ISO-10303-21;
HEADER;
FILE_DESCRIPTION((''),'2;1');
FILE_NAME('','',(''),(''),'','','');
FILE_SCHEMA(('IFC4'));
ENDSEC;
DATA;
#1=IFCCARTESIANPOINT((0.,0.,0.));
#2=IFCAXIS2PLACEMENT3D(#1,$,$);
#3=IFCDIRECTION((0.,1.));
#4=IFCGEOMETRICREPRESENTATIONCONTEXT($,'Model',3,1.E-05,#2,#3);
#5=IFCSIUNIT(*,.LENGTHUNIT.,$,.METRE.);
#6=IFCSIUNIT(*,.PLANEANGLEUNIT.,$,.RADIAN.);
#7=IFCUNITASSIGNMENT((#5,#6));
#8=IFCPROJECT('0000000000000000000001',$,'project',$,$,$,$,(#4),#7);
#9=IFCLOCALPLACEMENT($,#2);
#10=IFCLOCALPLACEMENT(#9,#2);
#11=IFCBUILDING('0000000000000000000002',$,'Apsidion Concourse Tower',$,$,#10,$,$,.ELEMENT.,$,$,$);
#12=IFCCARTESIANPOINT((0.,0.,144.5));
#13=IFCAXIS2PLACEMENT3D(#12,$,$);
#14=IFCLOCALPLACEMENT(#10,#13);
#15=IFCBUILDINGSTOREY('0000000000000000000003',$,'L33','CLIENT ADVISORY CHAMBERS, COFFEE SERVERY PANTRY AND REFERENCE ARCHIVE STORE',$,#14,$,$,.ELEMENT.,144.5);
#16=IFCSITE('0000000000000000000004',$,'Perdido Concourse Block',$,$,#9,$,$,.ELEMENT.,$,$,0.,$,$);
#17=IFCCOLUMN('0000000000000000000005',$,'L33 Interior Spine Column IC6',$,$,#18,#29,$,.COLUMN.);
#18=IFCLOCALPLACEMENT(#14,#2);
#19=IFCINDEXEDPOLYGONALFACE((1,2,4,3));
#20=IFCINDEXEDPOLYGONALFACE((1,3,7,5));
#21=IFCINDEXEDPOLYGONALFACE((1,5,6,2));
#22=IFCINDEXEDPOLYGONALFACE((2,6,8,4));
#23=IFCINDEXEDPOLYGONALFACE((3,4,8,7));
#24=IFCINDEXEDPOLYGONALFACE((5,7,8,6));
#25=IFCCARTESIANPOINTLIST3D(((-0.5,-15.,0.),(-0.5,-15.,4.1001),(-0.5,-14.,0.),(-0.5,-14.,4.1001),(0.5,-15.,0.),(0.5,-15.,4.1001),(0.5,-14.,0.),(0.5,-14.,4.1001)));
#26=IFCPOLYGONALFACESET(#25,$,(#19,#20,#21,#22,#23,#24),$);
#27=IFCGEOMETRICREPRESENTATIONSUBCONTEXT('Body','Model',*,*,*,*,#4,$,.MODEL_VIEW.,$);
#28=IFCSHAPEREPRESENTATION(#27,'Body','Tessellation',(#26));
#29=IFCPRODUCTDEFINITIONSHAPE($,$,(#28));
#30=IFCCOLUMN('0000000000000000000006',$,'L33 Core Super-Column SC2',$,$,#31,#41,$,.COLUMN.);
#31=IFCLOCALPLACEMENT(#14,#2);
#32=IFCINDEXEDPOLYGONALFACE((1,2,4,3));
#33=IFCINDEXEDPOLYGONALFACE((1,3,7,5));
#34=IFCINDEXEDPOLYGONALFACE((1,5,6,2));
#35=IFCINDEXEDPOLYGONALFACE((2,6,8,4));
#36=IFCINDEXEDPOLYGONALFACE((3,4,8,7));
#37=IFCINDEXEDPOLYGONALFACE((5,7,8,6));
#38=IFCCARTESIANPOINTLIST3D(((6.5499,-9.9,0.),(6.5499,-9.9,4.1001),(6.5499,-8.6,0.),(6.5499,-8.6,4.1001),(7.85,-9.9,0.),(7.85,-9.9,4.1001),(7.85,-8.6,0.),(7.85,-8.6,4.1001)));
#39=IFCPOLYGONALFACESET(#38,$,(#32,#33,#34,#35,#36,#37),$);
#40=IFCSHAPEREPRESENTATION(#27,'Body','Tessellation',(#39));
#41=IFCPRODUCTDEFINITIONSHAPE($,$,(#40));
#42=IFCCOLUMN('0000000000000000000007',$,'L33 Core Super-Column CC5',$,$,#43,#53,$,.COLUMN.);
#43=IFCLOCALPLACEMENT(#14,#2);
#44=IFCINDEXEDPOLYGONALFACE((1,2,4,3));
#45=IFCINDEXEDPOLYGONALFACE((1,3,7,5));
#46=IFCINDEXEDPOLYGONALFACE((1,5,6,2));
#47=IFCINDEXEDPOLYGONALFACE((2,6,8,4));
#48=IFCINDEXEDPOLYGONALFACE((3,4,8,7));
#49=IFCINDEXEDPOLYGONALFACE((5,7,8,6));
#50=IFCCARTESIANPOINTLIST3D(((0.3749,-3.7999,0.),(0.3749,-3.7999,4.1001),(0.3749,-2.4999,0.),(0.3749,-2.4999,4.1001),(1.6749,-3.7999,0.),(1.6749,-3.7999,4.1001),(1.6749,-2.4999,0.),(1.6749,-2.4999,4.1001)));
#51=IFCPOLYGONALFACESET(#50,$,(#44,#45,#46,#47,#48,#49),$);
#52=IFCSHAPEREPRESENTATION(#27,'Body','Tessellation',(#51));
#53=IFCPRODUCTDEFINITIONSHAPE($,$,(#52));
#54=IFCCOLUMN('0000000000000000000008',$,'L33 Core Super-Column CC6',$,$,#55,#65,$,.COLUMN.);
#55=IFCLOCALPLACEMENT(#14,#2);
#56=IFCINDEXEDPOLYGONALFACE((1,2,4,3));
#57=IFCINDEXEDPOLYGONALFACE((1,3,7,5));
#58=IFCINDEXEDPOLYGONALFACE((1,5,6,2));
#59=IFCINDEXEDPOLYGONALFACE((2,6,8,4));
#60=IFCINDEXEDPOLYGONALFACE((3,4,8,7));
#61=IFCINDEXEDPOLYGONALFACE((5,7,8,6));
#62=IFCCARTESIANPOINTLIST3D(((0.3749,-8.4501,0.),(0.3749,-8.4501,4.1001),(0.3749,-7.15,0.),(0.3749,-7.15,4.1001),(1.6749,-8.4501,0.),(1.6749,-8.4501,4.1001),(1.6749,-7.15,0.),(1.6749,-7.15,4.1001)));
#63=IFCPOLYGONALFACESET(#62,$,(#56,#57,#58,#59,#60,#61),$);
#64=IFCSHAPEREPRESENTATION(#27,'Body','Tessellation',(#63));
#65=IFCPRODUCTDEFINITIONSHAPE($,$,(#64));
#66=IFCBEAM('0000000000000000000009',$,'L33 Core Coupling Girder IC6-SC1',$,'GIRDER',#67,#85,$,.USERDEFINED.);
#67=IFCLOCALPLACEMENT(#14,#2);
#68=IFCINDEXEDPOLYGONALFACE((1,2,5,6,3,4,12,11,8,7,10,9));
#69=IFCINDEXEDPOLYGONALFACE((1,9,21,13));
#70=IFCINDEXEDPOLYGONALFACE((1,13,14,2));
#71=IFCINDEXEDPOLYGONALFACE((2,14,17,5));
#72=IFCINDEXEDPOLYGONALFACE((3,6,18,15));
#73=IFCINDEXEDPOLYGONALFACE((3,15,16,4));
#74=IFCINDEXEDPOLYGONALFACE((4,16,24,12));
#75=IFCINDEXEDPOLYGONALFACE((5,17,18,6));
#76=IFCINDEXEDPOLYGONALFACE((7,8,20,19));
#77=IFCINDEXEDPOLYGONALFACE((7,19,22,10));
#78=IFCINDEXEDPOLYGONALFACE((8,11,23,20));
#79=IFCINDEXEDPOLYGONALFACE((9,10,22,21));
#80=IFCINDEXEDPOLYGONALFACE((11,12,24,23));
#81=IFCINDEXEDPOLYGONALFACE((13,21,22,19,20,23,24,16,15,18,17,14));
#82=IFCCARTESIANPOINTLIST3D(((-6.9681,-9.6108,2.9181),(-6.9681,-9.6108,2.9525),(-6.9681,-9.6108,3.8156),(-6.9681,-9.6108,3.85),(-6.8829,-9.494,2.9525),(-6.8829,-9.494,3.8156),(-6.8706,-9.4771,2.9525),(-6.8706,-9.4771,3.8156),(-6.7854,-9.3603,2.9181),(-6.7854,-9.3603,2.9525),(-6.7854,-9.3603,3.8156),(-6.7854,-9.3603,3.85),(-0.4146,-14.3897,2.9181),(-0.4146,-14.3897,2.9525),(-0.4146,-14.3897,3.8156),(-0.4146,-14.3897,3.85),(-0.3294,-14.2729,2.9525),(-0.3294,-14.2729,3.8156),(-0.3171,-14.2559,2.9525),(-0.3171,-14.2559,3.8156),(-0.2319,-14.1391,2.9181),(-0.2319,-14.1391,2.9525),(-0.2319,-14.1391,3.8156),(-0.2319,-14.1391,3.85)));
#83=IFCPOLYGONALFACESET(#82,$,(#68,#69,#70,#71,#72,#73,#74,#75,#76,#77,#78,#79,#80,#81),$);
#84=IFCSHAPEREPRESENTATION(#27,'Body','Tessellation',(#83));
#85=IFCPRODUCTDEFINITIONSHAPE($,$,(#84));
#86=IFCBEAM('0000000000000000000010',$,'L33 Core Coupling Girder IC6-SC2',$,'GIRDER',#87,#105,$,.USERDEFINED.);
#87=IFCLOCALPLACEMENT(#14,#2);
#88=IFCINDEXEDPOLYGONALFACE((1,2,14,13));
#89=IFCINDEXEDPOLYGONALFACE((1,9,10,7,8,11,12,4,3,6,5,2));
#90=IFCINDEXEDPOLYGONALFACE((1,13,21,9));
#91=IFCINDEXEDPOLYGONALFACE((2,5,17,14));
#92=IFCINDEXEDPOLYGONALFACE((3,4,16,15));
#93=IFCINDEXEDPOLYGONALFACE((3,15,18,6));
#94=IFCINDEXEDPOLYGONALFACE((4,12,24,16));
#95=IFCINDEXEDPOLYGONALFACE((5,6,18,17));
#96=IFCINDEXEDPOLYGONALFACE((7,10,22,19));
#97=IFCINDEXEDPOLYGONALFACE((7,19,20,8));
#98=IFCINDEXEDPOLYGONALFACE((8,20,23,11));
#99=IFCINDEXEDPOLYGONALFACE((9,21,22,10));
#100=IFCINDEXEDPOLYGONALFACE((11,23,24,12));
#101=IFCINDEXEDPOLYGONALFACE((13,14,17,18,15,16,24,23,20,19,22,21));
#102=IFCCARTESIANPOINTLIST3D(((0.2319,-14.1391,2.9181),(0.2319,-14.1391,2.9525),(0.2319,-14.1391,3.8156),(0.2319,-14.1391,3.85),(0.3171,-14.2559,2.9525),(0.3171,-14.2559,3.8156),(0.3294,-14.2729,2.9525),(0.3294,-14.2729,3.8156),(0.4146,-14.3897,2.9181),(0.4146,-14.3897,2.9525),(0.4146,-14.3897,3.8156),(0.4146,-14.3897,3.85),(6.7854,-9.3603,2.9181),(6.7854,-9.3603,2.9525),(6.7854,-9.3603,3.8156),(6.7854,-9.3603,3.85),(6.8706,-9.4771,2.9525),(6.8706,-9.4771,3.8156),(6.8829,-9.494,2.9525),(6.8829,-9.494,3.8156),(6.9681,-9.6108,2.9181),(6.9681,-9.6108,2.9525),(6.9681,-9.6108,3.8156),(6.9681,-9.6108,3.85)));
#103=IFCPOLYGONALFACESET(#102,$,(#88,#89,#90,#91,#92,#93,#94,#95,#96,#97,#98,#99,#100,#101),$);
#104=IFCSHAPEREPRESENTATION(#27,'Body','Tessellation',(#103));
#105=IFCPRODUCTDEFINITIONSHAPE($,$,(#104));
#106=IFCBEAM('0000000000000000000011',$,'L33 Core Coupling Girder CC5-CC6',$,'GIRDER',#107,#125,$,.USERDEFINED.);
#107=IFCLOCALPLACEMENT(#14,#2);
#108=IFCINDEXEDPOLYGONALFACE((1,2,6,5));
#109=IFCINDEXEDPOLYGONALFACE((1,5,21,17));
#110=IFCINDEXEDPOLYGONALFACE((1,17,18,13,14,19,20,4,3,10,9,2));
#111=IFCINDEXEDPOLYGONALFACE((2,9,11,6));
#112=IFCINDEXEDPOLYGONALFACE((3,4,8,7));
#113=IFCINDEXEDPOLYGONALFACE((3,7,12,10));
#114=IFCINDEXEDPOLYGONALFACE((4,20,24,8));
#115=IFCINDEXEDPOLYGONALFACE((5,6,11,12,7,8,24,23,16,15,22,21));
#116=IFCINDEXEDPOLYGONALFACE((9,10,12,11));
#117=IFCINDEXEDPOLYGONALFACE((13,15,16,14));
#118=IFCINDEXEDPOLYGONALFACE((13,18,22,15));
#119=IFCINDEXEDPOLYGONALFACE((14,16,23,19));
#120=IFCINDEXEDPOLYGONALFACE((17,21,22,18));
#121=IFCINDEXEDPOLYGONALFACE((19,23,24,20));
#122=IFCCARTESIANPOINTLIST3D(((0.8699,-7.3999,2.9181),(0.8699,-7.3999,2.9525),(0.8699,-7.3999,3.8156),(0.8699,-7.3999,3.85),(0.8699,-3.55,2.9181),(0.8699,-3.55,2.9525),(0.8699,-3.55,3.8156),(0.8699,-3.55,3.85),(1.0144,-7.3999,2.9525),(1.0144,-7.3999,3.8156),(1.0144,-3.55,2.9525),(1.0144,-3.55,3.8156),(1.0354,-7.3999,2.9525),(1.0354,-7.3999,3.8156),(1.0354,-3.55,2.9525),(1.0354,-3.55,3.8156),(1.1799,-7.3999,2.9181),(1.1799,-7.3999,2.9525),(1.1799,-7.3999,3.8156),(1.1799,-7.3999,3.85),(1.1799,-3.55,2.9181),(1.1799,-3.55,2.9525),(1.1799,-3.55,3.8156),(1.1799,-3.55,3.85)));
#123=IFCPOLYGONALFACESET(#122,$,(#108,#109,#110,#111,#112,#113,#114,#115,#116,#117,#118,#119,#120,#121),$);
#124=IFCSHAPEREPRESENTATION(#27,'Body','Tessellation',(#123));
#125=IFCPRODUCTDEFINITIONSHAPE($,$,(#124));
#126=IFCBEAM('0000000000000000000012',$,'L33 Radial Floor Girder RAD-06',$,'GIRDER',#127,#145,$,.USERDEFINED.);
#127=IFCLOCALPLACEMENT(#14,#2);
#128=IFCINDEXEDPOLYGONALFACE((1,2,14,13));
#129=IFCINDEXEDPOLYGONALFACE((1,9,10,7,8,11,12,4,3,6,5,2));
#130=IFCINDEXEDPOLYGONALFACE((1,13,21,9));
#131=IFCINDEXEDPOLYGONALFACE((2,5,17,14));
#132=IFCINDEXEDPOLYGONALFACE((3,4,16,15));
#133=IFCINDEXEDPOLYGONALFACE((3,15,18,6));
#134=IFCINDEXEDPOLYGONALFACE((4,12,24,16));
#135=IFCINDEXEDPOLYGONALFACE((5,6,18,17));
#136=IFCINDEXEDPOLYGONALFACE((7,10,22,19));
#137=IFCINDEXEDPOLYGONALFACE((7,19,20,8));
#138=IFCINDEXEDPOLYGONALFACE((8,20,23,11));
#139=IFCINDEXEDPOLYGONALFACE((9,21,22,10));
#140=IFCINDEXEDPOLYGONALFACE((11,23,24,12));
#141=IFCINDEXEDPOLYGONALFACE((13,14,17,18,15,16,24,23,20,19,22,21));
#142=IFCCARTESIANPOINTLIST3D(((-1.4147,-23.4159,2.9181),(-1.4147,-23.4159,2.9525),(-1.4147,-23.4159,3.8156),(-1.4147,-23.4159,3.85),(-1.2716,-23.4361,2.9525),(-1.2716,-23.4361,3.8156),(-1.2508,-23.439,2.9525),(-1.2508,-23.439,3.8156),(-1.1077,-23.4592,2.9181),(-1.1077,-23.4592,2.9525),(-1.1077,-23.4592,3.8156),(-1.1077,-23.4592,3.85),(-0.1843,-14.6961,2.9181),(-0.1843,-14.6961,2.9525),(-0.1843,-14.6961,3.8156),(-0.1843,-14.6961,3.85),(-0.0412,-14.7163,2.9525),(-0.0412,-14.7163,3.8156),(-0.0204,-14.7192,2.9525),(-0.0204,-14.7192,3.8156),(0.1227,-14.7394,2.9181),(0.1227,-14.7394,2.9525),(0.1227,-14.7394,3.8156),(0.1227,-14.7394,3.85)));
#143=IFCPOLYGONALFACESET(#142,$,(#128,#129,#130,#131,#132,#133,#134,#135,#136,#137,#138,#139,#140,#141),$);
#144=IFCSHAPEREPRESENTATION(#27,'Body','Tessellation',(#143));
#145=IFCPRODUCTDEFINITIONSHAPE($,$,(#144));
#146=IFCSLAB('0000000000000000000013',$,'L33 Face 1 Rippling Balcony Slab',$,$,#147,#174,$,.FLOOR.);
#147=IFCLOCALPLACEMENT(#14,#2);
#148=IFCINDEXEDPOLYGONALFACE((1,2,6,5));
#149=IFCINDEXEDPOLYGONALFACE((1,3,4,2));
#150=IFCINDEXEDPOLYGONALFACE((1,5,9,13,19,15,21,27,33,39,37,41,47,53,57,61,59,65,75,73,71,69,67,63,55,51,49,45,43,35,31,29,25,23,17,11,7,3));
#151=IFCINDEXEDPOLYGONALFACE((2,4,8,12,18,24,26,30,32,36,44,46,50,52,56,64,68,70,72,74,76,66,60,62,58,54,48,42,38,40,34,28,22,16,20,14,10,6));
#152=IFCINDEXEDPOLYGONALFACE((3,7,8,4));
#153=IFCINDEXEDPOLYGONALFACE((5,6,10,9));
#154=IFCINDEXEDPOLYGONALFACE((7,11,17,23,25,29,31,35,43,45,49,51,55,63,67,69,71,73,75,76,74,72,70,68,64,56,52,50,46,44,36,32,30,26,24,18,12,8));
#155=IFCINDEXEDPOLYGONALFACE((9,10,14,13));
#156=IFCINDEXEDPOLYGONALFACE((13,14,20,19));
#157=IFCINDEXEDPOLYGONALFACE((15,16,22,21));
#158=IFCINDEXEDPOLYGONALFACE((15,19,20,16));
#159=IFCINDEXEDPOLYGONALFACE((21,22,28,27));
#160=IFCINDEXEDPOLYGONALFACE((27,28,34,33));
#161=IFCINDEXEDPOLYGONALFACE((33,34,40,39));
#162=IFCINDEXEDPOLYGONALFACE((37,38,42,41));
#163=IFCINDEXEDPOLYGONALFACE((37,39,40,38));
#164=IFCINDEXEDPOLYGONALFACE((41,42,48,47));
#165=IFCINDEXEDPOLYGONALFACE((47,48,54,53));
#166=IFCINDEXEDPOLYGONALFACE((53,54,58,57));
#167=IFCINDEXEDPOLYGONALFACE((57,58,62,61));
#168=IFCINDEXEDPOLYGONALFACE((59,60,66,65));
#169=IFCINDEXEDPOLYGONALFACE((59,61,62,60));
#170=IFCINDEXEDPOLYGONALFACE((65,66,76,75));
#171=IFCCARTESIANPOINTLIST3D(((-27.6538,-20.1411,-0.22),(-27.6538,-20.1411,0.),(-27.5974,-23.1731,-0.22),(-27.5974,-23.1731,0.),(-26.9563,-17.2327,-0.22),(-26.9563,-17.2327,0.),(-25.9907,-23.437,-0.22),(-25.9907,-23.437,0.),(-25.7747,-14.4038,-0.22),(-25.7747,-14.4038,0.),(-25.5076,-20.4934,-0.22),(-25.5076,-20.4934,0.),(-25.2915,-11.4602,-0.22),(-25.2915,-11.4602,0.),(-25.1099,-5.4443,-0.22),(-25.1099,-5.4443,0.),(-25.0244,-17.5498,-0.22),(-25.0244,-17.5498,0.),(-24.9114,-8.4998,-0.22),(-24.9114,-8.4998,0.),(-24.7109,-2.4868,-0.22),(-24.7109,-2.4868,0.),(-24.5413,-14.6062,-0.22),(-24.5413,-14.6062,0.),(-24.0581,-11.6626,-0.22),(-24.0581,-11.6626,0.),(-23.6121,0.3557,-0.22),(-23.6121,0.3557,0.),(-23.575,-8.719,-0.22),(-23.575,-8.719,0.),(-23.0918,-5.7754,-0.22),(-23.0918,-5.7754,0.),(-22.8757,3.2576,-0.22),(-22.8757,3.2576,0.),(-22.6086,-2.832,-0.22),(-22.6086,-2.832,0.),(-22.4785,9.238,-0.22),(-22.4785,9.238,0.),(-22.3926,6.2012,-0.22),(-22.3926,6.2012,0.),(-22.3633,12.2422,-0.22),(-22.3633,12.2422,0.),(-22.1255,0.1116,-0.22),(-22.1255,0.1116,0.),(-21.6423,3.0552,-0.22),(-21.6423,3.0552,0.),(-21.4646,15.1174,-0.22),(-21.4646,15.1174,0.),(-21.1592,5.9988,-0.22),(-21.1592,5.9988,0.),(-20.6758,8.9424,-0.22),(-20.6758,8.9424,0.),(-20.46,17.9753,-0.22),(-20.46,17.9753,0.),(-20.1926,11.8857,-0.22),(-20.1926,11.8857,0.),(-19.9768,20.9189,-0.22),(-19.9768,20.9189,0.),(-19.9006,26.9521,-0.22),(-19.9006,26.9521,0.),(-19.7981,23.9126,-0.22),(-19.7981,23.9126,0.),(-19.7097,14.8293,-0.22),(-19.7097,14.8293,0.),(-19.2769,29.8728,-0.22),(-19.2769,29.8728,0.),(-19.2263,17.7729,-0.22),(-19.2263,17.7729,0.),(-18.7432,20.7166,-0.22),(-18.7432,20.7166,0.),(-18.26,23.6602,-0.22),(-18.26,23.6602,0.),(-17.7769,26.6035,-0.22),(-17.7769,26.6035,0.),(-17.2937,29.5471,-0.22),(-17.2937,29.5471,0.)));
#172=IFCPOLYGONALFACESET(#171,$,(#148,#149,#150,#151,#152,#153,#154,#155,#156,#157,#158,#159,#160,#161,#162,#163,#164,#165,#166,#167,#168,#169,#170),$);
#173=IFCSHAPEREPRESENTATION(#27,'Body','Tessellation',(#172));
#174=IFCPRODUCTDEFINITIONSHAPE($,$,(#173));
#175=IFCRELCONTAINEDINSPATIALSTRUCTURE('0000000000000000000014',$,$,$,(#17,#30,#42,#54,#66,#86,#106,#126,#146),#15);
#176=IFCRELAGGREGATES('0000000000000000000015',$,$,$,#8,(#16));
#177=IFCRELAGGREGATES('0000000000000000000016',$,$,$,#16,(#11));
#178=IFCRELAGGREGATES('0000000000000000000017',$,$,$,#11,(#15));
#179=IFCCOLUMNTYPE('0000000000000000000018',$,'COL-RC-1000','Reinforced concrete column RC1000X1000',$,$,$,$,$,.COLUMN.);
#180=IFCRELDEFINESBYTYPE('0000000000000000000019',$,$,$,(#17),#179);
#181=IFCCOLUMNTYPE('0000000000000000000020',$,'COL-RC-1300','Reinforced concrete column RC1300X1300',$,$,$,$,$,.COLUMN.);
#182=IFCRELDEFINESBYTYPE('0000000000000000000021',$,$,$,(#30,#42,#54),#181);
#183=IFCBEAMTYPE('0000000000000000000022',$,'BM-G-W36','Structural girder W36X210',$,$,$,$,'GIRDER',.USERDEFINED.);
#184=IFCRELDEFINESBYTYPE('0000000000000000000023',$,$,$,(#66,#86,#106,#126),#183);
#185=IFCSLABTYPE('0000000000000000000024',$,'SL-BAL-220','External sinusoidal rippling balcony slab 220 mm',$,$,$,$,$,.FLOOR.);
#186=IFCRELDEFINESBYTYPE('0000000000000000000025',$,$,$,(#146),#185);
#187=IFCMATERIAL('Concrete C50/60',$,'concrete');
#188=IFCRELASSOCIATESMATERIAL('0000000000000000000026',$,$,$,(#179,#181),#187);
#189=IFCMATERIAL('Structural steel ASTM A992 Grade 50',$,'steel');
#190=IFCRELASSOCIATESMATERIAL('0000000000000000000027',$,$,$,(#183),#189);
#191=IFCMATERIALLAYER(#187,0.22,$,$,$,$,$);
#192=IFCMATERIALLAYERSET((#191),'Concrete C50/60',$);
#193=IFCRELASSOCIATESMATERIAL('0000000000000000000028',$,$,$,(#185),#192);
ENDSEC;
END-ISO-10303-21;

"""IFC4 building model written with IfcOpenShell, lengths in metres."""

from ifc_helpers import new_model, si_unit, direction, frame, origin, origin_2d, place, context, subcontext, project, spatial, polyline, rectangle, i_section, outline, extrude, material, layer, layer_set, material_profile, profile_set, type_object, element, save


model = new_model("IFC4")

# Units and contexts
model_context = context("Model", 3, precision=1e-05, world=origin(), true_north=direction((0.0, 1.0)))
body_context = subcontext(model_context, "Body", "Model", "MODEL_VIEW")
ifc_project = project(units=[si_unit("LENGTHUNIT", "METRE"), si_unit("PLANEANGLEUNIT", "RADIAN")], contexts=[model_context])

# Site, building, storey
site_placement = place(None, origin())
site = spatial("IfcSite", under=ifc_project, at=site_placement, Name="Perdido Concourse Block", CompositionType="ELEMENT", RefElevation=0.0)
building_placement = place(site_placement, origin())
building = spatial("IfcBuilding", under=site, at=building_placement, Name="Apsidion Concourse Tower", CompositionType="ELEMENT")
storey_placement = place(building_placement, frame((0.0, 0.0, 144.5)))
storey = spatial("IfcBuildingStorey", under=building, at=storey_placement, Name="L33", Description="CLIENT ADVISORY CHAMBERS, COFFEE SERVERY PANTRY AND REFERENCE ARCHIVE STORE", CompositionType="ELEMENT", Elevation=144.5)

# Columns
ifc_material_1 = material(Name="Concrete C50/60", Category="concrete")
ifc_material_profile_1 = material_profile(ifc_material_1, rectangle(XDim=1.0, YDim=1.0, at=origin_2d()), Name="RC 1000x1000")
ifc_profile_set_1 = profile_set([ifc_material_profile_1], Name="Concrete C50/60")
column_type_1 = type_object("IfcColumnType", Name="COL-RC-1000", Description="Reinforced concrete column RC1000X1000", PredefinedType="COLUMN", material=ifc_profile_set_1)
column_placement = place(storey_placement, frame((0.0, -14.5, 0.0), z_axis=(0.0, 0.0, 1.0), x_axis=(1.0, 0.0, 0.0)))
element("IfcColumn", 1, at=column_placement, inside=storey, type_object=column_type_1, Name="L33 Interior Spine Column IC6", PredefinedType="COLUMN", context=body_context, shape_type="SweptSolid", body=[
    extrude(rectangle(XDim=1.0, YDim=1.0, at=origin_2d()), origin(), (0.0, 0.0, 1.0), 4.1001),
])
ifc_material_profile_2 = material_profile(ifc_material_1, rectangle(XDim=1.3, YDim=1.3, at=origin_2d()), Name="RC 1300x1300")
ifc_profile_set_2 = profile_set([ifc_material_profile_2], Name="Concrete C50/60")
column_type_2 = type_object("IfcColumnType", Name="COL-RC-1300", Description="Reinforced concrete column RC1300X1300", PredefinedType="COLUMN", material=ifc_profile_set_2)
for number, where, z_axis, x_axis, name in (
    (2, (7.2, -9.25, 0.0), (0.0, 0.0, 1.0), (1.0, 0.0, 0.0), "L33 Core Super-Column SC2"),
    (3, (1.0249, -3.1499, 0.0), (0.0, 0.0, 1.0), (1.0, 0.0, 0.0), "L33 Core Super-Column CC5"),
    (4, (1.0249, -7.8, 0.0), (0.0, 0.0, 1.0), (1.0, 0.0, 0.0), "L33 Core Super-Column CC6"),
):
    element("IfcColumn", number, at=place(storey_placement, frame(where, z_axis=z_axis, x_axis=x_axis)), inside=storey, type_object=column_type_2, Name=name, PredefinedType="COLUMN", context=body_context, shape_type="SweptSolid", body=[
        extrude(rectangle(XDim=1.3, YDim=1.3, at=origin_2d()), origin(), (0.0, 0.0, 1.0), 4.1001),
    ])

# Beams
ifc_material_2 = material(Name="Structural steel ASTM A992 Grade 50", Category="steel")
ifc_material_profile_3 = material_profile(ifc_material_2, i_section(OverallWidth=0.3101, OverallDepth=0.9319, WebThickness=0.021, FlangeThickness=0.0344, at=origin_2d()), Name="W36X210")
ifc_profile_set_3 = profile_set([ifc_material_profile_3], Name="Structural steel ASTM A992 Grade 50")
beam_type = type_object("IfcBeamType", Name="BM-G-W36", Description="Structural girder W36X210", ElementType="GIRDER", PredefinedType="USERDEFINED", material=ifc_profile_set_3)
for number, where, z_axis, x_axis, name in (
    (5, (-0.3232, -14.2644, 3.384), (-0.807993, 0.589191, 0.0), (-0.589191, -0.807993, 0.0), "L33 Core Coupling Girder IC6-SC1"),
    (6, (0.3232, -14.2644, 3.384), (0.807993, 0.589191, 0.0), (-0.589191, 0.807993, 0.0), "L33 Core Coupling Girder IC6-SC2"),
):
    element("IfcBeam", number, at=place(storey_placement, frame(where, z_axis=z_axis, x_axis=x_axis)), inside=storey, type_object=beam_type, Name=name, ObjectType="GIRDER", PredefinedType="USERDEFINED", context=body_context, shape_type="SweptSolid", body=[
        extrude(i_section(OverallWidth=0.3101, OverallDepth=0.9319, WebThickness=0.021, FlangeThickness=0.0344, at=origin_2d()), origin(), (0.0, 0.0, 1.0), 8.1108),
    ])
beam_1_placement = place(storey_placement, frame((1.0249, -3.55, 3.384), z_axis=(0.0, -1.0, 0.0), x_axis=(1.0, 0.0, 0.0)))
element("IfcBeam", 7, at=beam_1_placement, inside=storey, type_object=beam_type, Name="L33 Core Coupling Girder CC5-CC6", ObjectType="GIRDER", PredefinedType="USERDEFINED", context=body_context, shape_type="SweptSolid", body=[
    extrude(i_section(OverallWidth=0.3101, OverallDepth=0.9319, WebThickness=0.021, FlangeThickness=0.0344, at=origin_2d()), origin(), (0.0, 0.0, 1.0), 3.8499),
])
beam_2_placement = place(storey_placement, frame((-0.0308, -14.7178, 3.384), z_axis=(-0.139729, -0.99019, 0.0), x_axis=(0.99019, -0.139729, 0.0)))
element("IfcBeam", 8, at=beam_2_placement, inside=storey, type_object=beam_type, Name="L33 Radial Floor Girder RAD-06", ObjectType="GIRDER", PredefinedType="USERDEFINED", context=body_context, shape_type="SweptSolid", body=[
    extrude(i_section(OverallWidth=0.3101, OverallDepth=0.9319, WebThickness=0.021, FlangeThickness=0.0344, at=origin_2d()), origin(), (0.0, 0.0, 1.0), 8.8062),
])

# Slab
ifc_layer_1 = layer(ifc_material_1, 0.22)
ifc_layer_set_1 = layer_set([ifc_layer_1], Name="Concrete C50/60")
slab_type_1 = type_object("IfcSlabType", Name="SL-BAL-220", Description="External sinusoidal rippling balcony slab 220 mm", PredefinedType="FLOOR", material=ifc_layer_set_1)
slab_1_placement = place(storey_placement, frame((0.0, 0.0, -0.22)))
element("IfcSlab", 9, at=slab_1_placement, inside=storey, type_object=slab_type_1, Name="L33 Face 1 Rippling Balcony Slab", PredefinedType="FLOOR", context=body_context, shape_type="SweptSolid", body=[
    extrude(outline(polyline([(-17.2937, 29.5471), (-17.7769, 26.6035), (-18.26, 23.6602), (-18.7432, 20.7166), (-19.2263, 17.7729), (-19.7097, 14.8293), (-20.1926, 11.8857), (-20.6758, 8.9424), (-21.1592, 5.9988), (-21.6423, 3.0552), (-22.1255, 0.1116), (-22.6086, -2.832), (-23.0918, -5.7754), (-23.575, -8.719), (-24.0581, -11.6626), (-24.5413, -14.6062), (-25.0244, -17.5498), (-25.5076, -20.4934), (-25.9907, -23.437), (-27.5974, -23.1731), (-27.6538, -20.1411), (-26.9563, -17.2327), (-25.7747, -14.4038), (-25.2915, -11.4602), (-24.9114, -8.4998), (-25.1099, -5.4443), (-24.7109, -2.4868), (-23.6121, 0.3557), (-22.8757, 3.2576), (-22.3926, 6.2012), (-22.4785, 9.238), (-22.3633, 12.2422), (-21.4646, 15.1174), (-20.46, 17.9753), (-19.9768, 20.9189), (-19.7981, 23.9126), (-19.9006, 26.9521), (-19.2769, 29.8728), (-17.2937, 29.5471)])), origin(), (0.0, 0.0, 1.0), 0.22),
])

save(model, "model.ifc")
